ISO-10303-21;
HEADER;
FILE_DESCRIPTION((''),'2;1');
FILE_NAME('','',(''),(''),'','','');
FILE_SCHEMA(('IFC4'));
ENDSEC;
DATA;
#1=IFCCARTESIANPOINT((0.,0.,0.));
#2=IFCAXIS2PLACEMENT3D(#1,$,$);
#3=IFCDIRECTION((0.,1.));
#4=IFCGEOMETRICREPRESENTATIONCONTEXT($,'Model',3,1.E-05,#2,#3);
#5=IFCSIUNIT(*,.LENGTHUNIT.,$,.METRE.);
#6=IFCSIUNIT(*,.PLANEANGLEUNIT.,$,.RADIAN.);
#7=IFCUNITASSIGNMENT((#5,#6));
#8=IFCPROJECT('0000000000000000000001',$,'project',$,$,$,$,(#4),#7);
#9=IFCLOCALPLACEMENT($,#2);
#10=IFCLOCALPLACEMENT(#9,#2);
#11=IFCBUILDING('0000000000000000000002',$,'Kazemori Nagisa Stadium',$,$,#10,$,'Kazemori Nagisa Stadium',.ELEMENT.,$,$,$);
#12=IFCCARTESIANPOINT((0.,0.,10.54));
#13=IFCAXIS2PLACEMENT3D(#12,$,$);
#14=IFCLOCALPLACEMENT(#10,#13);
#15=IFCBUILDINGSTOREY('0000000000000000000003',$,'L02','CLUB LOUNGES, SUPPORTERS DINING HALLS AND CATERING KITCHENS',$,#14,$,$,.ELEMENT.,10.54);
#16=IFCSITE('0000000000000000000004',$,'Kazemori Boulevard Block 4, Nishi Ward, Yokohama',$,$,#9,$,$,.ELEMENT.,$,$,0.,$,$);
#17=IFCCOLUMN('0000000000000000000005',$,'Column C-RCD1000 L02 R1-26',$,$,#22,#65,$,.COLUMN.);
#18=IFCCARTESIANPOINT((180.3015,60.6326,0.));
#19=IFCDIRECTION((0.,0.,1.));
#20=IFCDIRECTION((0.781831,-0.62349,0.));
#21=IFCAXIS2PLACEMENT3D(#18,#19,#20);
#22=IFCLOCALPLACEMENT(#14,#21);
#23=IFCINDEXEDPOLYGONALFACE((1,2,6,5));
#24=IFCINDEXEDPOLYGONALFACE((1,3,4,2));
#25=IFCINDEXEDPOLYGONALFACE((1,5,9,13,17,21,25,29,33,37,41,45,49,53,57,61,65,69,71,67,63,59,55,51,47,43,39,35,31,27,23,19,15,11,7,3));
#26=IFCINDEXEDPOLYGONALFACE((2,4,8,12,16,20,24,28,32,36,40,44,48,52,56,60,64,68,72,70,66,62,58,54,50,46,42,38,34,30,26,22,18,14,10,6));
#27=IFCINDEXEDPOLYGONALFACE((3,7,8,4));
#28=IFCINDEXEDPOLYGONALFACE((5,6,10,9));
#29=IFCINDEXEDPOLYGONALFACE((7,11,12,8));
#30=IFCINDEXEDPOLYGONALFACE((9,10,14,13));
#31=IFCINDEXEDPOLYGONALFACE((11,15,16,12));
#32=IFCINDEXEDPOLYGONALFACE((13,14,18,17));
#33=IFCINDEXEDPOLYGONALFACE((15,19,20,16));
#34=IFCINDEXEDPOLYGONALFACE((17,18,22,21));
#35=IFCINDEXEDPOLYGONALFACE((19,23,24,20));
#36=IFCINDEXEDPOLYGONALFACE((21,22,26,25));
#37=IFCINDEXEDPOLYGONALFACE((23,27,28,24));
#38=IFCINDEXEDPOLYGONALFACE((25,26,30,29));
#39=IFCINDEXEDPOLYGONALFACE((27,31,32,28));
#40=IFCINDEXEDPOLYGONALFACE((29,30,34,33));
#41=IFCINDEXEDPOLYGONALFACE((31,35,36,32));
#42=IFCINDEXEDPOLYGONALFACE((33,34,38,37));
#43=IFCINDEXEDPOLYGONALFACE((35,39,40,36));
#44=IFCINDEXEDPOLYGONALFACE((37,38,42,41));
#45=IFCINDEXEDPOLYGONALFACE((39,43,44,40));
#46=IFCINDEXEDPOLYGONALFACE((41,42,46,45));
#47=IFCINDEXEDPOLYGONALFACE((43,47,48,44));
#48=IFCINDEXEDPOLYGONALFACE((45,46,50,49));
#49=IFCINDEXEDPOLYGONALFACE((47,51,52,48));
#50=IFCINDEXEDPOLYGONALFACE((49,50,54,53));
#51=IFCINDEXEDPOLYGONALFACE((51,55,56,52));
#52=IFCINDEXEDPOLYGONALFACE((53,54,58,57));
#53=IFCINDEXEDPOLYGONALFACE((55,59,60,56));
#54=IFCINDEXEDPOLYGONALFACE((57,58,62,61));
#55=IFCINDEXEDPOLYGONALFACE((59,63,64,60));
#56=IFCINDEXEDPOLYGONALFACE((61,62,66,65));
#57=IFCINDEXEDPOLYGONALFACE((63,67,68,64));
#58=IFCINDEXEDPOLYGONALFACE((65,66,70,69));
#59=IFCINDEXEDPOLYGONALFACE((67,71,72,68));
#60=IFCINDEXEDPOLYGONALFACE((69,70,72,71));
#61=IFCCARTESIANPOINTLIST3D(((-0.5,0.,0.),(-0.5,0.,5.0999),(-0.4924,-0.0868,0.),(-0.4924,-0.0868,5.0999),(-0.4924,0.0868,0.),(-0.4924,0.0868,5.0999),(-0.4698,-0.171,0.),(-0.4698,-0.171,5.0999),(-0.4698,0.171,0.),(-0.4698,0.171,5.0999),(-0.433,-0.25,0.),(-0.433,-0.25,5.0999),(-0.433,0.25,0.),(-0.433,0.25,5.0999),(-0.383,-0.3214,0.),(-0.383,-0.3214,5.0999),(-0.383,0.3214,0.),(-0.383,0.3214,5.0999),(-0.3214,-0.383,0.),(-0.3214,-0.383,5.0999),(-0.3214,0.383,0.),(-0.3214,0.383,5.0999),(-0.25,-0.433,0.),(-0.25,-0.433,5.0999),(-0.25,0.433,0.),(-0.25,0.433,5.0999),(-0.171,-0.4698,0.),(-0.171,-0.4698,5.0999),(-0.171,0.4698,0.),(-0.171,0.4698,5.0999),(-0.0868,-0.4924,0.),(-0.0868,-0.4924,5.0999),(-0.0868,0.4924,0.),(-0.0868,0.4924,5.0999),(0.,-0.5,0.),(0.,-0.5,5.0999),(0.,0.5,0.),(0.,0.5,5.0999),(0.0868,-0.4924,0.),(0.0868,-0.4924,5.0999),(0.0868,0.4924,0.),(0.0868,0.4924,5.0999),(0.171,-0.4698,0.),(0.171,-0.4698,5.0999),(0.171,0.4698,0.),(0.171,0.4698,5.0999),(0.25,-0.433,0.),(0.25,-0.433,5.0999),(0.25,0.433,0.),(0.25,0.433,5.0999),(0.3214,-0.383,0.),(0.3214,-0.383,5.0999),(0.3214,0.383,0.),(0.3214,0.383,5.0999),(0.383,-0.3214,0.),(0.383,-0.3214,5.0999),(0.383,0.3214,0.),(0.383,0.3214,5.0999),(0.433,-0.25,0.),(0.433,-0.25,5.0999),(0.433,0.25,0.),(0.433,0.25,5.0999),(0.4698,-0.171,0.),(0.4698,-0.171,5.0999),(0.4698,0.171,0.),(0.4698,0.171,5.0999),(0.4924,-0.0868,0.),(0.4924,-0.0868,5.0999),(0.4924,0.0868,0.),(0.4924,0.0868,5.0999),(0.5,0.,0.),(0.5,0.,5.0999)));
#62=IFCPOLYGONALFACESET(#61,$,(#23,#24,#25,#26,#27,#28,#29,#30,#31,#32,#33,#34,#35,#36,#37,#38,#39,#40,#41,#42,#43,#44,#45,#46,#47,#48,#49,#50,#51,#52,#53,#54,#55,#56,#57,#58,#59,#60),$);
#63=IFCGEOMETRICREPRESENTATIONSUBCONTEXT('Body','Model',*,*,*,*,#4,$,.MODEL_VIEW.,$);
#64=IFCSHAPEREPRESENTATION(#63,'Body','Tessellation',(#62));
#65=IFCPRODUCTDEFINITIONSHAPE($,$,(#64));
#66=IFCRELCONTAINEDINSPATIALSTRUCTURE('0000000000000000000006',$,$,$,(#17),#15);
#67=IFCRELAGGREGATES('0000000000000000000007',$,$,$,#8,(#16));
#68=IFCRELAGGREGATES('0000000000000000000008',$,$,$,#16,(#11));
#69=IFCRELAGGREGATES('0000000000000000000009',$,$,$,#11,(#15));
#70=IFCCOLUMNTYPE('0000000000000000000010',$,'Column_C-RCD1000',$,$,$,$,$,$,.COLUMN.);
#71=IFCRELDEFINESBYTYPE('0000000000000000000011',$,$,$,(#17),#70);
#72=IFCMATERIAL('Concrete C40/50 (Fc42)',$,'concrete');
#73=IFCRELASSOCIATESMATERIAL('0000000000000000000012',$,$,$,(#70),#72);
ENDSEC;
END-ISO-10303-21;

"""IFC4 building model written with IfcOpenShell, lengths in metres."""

from ifc_helpers import new_model, si_unit, direction, frame, origin, origin_2d, place, context, subcontext, project, spatial, circle, extrude, material, material_profile, profile_set, type_object, element, save


model = new_model("IFC4")

# Units and contexts
model_context = context("Model", 3, precision=1e-05, world=origin(), true_north=direction((0.0, 1.0)))
body_context = subcontext(model_context, "Body", "Model", "MODEL_VIEW")
ifc_project = project(units=[si_unit("LENGTHUNIT", "METRE"), si_unit("PLANEANGLEUNIT", "RADIAN")], contexts=[model_context])

# Site, building, storey
site_placement = place(None, origin())
site = spatial("IfcSite", under=ifc_project, at=site_placement, Name="Kazemori Boulevard Block 4, Nishi Ward, Yokohama", CompositionType="ELEMENT", RefElevation=0.0)
building_placement = place(site_placement, origin())
building = spatial("IfcBuilding", under=site, at=building_placement, Name="Kazemori Nagisa Stadium", LongName="Kazemori Nagisa Stadium", CompositionType="ELEMENT")
storey_placement = place(building_placement, frame((0.0, 0.0, 10.54)))
storey = spatial("IfcBuildingStorey", under=building, at=storey_placement, Name="L02", Description="CLUB LOUNGES, SUPPORTERS DINING HALLS AND CATERING KITCHENS", CompositionType="ELEMENT", Elevation=10.54)

# Column
ifc_material_1 = material(Name="Concrete C40/50 (Fc42)", Category="concrete")
ifc_material_profile_1 = material_profile(ifc_material_1, circle(Radius=0.5, at=origin_2d()), Name="RC-COL-D1000")
ifc_profile_set_1 = profile_set([ifc_material_profile_1], Name="Concrete C40/50 (Fc42)")
column_type = type_object("IfcColumnType", Name="Column_C-RCD1000", PredefinedType="COLUMN", material=ifc_profile_set_1)
column_placement = place(storey_placement, frame((180.3015, 60.6326, 0.0), z_axis=(0.0, 0.0, 1.0), x_axis=(0.781831, -0.62349, 0.0)))
element("IfcColumn", 1, at=column_placement, inside=storey, type_object=column_type, Name="Column C-RCD1000 L02 R1-26", PredefinedType="COLUMN", context=body_context, shape_type="SweptSolid", body=[
    extrude(circle(Radius=0.5, at=origin_2d()), origin(), (0.0, 0.0, 1.0), 5.0999),
])

save(model, "model.ifc")
